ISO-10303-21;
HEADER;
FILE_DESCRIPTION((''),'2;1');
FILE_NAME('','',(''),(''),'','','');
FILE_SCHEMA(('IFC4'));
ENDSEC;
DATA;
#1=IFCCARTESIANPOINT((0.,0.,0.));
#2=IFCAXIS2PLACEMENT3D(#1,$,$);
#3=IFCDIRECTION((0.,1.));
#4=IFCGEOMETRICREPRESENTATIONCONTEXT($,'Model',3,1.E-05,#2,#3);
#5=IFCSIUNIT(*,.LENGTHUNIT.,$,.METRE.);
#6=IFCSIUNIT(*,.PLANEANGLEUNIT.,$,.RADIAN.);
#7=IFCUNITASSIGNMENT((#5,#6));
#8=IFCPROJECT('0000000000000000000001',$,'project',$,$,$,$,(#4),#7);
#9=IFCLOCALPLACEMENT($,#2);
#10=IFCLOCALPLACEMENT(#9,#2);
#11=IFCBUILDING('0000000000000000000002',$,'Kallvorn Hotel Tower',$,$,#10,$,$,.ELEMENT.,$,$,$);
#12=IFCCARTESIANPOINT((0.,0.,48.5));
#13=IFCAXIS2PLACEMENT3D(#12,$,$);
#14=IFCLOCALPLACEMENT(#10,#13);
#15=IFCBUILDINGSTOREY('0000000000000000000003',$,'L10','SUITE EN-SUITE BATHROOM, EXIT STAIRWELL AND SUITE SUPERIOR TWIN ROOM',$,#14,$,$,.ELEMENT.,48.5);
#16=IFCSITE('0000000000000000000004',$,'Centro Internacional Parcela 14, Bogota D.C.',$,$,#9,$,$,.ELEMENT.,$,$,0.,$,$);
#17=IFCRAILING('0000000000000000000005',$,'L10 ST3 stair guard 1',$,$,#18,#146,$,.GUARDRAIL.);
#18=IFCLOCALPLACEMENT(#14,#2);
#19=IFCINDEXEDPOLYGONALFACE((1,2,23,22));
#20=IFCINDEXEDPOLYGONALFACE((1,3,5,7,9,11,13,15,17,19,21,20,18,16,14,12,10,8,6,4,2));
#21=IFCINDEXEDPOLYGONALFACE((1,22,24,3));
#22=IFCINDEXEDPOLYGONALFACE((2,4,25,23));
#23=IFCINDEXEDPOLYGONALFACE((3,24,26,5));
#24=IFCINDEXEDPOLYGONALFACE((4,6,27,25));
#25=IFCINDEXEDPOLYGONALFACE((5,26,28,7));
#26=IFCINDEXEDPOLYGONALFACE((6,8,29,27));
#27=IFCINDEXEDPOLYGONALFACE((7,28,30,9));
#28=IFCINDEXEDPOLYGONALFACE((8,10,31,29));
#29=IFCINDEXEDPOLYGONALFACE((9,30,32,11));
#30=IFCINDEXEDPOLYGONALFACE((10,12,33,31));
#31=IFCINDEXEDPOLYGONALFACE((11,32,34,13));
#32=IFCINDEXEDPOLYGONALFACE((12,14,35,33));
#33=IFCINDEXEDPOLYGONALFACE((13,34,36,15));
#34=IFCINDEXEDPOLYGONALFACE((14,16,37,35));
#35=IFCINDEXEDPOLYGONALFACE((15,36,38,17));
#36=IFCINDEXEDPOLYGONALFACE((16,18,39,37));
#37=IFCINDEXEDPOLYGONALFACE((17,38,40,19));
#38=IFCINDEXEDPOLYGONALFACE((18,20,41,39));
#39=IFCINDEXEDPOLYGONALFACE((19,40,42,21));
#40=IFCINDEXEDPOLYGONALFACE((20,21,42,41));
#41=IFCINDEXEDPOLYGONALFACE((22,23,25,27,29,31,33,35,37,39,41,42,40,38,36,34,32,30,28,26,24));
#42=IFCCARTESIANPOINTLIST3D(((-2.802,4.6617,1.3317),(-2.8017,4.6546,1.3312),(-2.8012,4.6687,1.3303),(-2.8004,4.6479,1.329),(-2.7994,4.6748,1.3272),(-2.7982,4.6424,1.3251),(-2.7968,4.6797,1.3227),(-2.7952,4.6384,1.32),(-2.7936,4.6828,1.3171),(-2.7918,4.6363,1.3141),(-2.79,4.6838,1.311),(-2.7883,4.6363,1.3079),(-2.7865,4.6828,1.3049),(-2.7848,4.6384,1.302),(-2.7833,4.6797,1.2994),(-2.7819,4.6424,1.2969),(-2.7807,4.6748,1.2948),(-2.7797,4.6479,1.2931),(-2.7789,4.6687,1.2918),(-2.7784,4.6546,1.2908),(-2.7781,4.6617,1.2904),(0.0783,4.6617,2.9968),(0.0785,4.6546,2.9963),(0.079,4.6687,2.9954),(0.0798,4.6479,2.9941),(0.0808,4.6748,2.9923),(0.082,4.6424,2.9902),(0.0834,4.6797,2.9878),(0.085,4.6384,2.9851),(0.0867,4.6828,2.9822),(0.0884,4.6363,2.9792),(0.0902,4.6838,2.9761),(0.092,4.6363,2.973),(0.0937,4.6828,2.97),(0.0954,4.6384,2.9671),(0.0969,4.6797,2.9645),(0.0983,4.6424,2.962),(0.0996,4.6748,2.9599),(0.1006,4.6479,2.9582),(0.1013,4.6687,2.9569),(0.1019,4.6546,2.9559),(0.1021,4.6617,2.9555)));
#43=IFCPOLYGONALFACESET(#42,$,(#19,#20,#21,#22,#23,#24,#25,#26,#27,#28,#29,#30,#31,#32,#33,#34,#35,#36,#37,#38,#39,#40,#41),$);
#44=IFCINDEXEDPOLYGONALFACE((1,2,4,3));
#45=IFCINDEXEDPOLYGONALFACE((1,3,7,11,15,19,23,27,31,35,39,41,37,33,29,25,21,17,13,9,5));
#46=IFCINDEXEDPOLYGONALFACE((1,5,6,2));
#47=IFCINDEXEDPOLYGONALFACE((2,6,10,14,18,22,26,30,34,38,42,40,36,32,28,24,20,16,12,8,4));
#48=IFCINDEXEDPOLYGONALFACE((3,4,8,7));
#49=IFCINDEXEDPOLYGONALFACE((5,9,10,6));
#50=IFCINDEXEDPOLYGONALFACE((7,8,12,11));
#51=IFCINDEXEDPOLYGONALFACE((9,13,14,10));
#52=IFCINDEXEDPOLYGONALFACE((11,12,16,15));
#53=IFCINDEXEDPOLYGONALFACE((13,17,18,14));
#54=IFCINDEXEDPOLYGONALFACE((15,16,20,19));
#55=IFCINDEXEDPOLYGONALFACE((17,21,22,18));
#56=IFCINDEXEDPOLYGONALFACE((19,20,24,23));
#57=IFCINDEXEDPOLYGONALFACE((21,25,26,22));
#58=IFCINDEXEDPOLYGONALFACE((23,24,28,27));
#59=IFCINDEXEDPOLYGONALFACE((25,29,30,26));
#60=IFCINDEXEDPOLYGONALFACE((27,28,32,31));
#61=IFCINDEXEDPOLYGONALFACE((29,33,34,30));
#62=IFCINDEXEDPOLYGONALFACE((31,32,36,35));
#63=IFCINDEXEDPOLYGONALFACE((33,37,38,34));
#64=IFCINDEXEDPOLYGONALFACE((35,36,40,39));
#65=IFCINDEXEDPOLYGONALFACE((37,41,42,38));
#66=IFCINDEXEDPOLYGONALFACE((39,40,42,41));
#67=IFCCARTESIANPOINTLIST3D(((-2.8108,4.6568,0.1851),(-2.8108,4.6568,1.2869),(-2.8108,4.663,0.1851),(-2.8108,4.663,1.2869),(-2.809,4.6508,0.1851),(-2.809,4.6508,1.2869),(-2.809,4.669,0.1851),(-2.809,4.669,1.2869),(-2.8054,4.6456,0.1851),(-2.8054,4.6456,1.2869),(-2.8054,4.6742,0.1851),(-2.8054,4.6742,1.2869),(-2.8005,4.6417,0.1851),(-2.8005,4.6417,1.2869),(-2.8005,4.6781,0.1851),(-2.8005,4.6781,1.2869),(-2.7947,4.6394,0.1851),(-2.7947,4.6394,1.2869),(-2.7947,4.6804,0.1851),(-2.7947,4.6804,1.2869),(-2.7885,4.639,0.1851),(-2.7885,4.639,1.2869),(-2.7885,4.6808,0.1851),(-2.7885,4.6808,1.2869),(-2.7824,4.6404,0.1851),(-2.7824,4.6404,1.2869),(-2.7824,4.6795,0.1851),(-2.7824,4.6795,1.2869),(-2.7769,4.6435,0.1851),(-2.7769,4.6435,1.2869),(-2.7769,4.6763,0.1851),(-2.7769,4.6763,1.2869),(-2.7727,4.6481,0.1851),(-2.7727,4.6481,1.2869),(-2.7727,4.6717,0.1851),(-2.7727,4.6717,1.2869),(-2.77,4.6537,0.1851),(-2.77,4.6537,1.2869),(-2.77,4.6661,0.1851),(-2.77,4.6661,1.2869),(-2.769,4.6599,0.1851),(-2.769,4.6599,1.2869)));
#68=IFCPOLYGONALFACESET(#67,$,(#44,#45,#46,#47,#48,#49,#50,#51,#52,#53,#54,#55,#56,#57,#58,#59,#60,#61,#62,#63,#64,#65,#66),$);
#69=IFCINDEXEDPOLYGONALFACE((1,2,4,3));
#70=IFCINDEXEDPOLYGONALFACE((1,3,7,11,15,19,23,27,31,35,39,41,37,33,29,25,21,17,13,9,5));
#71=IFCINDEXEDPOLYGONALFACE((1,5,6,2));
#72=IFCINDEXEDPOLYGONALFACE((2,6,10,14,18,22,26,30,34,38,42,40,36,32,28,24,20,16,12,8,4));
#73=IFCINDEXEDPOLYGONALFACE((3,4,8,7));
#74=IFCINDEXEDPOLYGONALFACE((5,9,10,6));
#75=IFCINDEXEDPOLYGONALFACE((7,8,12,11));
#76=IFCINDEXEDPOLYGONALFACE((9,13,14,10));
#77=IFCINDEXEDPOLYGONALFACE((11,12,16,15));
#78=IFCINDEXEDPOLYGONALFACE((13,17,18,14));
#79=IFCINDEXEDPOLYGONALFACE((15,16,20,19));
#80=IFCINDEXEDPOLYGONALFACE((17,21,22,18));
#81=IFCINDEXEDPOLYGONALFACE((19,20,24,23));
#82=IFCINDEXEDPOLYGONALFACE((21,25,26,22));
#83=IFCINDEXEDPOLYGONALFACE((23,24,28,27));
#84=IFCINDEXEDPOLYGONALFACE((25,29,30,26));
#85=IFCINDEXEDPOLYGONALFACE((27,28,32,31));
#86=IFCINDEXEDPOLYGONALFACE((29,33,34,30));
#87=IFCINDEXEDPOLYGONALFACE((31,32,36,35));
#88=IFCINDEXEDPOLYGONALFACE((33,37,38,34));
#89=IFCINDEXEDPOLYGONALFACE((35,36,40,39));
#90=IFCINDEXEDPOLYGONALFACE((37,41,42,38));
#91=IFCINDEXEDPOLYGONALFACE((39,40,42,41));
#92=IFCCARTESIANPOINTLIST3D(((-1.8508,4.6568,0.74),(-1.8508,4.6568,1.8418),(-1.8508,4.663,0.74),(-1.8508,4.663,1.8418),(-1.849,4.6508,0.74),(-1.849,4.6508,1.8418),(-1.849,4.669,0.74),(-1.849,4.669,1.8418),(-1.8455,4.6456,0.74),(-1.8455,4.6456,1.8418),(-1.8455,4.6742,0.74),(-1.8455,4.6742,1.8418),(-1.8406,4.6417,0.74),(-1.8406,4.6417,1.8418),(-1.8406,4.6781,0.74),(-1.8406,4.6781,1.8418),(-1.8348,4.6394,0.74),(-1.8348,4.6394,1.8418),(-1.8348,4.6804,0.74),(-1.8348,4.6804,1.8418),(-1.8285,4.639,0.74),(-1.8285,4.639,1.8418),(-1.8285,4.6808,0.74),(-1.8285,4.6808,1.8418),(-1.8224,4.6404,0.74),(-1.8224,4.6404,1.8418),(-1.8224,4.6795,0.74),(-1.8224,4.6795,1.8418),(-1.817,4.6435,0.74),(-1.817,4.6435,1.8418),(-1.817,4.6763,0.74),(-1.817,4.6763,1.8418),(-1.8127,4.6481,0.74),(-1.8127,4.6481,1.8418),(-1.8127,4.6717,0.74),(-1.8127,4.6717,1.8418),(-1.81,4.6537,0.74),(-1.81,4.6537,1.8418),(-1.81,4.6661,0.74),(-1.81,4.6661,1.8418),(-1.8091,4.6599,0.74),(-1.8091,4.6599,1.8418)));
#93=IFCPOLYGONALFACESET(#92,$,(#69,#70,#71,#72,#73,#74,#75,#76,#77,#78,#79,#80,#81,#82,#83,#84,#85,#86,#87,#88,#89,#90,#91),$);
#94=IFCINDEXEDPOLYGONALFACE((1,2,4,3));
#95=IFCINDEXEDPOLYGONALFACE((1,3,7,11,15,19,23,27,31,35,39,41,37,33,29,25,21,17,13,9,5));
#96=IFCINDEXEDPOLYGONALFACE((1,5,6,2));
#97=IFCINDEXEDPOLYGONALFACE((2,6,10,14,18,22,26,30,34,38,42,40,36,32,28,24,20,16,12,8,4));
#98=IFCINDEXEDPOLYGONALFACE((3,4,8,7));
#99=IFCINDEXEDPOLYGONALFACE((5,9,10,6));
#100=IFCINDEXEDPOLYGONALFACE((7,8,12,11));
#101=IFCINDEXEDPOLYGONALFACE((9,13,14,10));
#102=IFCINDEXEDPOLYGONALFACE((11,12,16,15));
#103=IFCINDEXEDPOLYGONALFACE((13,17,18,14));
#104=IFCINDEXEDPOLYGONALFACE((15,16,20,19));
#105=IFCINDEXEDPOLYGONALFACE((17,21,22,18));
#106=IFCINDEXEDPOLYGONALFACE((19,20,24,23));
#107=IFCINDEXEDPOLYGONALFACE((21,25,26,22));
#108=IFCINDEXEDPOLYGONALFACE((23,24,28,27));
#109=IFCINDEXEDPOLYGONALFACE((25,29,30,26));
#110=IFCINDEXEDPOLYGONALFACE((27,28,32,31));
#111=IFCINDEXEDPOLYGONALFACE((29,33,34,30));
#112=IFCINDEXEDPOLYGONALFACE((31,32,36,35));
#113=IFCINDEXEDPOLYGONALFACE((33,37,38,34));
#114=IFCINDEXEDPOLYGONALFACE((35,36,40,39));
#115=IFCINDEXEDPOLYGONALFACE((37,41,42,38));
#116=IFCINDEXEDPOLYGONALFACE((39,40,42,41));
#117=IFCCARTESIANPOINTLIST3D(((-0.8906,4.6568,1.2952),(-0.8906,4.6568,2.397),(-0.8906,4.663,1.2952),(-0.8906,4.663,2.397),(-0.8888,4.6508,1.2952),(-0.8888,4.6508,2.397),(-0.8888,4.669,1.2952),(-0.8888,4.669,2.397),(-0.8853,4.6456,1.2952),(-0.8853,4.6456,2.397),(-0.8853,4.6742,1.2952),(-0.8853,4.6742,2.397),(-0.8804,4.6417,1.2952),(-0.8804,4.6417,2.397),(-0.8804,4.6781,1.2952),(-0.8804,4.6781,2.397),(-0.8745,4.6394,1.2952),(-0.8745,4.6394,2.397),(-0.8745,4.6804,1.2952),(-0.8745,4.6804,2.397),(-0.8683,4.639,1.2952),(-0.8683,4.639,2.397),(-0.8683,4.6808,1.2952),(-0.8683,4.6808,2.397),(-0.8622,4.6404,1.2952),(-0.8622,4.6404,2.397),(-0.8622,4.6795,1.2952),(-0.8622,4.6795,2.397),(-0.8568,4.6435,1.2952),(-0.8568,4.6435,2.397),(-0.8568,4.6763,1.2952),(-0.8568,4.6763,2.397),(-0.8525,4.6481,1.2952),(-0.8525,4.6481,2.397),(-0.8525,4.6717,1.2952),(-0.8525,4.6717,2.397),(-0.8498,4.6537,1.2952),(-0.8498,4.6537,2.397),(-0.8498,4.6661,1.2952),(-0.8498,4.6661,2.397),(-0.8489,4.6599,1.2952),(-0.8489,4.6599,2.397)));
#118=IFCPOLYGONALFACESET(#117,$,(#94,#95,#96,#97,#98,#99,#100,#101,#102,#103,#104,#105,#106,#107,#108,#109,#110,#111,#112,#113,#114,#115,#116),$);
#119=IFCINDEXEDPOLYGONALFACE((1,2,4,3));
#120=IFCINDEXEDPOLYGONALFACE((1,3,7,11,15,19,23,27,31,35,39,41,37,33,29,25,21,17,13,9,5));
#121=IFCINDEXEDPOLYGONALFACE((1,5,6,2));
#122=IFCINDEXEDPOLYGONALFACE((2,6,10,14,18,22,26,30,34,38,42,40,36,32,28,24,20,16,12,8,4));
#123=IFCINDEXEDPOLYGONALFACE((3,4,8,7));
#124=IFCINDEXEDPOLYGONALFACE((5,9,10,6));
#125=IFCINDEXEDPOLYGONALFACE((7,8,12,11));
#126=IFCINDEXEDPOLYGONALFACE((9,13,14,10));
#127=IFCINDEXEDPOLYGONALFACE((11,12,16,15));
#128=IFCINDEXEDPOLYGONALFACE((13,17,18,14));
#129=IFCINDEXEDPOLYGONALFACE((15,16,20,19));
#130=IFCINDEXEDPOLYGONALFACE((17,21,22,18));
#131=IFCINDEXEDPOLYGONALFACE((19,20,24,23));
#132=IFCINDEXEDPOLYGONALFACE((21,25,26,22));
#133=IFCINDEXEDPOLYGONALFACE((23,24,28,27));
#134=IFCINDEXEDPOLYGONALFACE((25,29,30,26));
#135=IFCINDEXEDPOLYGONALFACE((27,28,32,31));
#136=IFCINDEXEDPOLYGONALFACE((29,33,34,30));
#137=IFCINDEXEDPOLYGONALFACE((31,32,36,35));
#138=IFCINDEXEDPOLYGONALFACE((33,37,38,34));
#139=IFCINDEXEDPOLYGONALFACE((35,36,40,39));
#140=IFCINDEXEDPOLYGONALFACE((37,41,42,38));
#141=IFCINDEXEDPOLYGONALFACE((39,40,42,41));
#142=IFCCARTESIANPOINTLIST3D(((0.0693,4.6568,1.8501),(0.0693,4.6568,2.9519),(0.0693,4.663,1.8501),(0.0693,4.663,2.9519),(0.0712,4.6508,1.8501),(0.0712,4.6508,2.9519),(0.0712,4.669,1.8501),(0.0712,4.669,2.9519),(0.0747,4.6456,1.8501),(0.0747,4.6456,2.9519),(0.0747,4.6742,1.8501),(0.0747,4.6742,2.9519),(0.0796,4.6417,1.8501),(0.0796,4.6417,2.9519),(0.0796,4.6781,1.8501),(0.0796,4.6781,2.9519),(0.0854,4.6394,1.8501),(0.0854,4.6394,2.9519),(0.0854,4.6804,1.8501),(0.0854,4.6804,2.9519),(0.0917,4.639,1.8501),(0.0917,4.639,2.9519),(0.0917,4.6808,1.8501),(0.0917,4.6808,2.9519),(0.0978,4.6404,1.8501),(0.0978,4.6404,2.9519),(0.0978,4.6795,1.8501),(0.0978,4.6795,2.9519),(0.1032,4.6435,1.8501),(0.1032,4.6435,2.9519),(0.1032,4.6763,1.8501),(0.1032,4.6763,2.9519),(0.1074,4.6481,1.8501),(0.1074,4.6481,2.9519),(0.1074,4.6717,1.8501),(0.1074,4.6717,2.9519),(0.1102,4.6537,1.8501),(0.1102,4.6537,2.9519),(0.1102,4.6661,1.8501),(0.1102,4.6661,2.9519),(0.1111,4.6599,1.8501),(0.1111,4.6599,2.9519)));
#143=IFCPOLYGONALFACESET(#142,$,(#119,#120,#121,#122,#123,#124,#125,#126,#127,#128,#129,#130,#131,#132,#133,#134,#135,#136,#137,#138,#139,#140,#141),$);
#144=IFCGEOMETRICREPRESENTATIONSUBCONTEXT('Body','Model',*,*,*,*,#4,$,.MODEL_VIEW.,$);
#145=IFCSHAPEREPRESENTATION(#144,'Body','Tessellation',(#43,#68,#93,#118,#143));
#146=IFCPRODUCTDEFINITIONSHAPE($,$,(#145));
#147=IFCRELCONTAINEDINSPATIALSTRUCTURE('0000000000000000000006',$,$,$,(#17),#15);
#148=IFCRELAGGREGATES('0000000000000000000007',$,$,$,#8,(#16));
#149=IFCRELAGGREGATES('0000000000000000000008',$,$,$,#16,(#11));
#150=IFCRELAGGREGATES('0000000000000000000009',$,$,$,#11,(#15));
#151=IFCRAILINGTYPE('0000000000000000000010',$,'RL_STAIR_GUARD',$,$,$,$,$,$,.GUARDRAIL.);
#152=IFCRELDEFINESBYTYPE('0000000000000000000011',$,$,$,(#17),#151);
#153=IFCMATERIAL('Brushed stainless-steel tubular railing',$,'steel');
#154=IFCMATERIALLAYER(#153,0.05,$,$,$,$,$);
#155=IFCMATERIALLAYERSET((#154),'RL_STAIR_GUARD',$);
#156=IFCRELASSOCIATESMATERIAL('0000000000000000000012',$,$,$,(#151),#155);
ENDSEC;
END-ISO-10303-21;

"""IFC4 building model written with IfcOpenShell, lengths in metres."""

from ifc_helpers import new_model, si_unit, direction, frame, origin, origin_2d, place, context, subcontext, project, spatial, circle, extrude, material, layer, layer_set, type_object, element, save


model = new_model("IFC4")

# Units and contexts
model_context = context("Model", 3, precision=1e-05, world=origin(), true_north=direction((0.0, 1.0)))
body_context = subcontext(model_context, "Body", "Model", "MODEL_VIEW")
ifc_project = project(units=[si_unit("LENGTHUNIT", "METRE"), si_unit("PLANEANGLEUNIT", "RADIAN")], contexts=[model_context])

# Site, building, storey
site_placement = place(None, origin())
site = spatial("IfcSite", under=ifc_project, at=site_placement, Name="Centro Internacional Parcela 14, Bogota D.C.", CompositionType="ELEMENT", RefElevation=0.0)
building_placement = place(site_placement, origin())
building = spatial("IfcBuilding", under=site, at=building_placement, Name="Kallvorn Hotel Tower", CompositionType="ELEMENT")
storey_placement = place(building_placement, frame((0.0, 0.0, 48.5)))
storey = spatial("IfcBuildingStorey", under=building, at=storey_placement, Name="L10", Description="SUITE EN-SUITE BATHROOM, EXIT STAIRWELL AND SUITE SUPERIOR TWIN ROOM", CompositionType="ELEMENT", Elevation=48.5)

# Railing
ifc_material_1 = material(Name="Brushed stainless-steel tubular railing", Category="steel")
ifc_layer_1 = layer(ifc_material_1, 0.05)
ifc_layer_set_1 = layer_set([ifc_layer_1], Name="RL_STAIR_GUARD")
railing_type_1 = type_object("IfcRailingType", Name="RL_STAIR_GUARD", PredefinedType="GUARDRAIL", material=ifc_layer_set_1)
railing_1_placement = place(storey_placement, frame((-2.79, 4.6599, 0.1851)))
element("IfcRailing", 1, at=railing_1_placement, inside=storey, type_object=railing_type_1, Name="L10 ST3 stair guard 1", PredefinedType="GUARDRAIL", context=body_context, shape_type="SweptSolid", body=[
    extrude(circle(Radius=0.0239, at=origin_2d()), frame((0.0, 0.0, 1.126), z_axis=(0.865739, 0.0, 0.500495), x_axis=(0.0, 1.0, 0.0)), (0.0, 0.0, 1.0), 3.3269),
    extrude(circle(Radius=0.021, at=origin_2d()), origin(), (0.0, 0.0, 1.0), 1.1018),
    extrude(circle(Radius=0.021, at=origin_2d()), frame((0.96, 0.0, 0.5549)), (0.0, 0.0, 1.0), 1.1018),
    extrude(circle(Radius=0.021, at=origin_2d()), frame((1.9202, 0.0, 1.1101)), (0.0, 0.0, 1.0), 1.1018),
    extrude(circle(Radius=0.021, at=origin_2d()), frame((2.8801, 0.0, 1.665)), (0.0, 0.0, 1.0), 1.1018),
])

save(model, "model.ifc")
